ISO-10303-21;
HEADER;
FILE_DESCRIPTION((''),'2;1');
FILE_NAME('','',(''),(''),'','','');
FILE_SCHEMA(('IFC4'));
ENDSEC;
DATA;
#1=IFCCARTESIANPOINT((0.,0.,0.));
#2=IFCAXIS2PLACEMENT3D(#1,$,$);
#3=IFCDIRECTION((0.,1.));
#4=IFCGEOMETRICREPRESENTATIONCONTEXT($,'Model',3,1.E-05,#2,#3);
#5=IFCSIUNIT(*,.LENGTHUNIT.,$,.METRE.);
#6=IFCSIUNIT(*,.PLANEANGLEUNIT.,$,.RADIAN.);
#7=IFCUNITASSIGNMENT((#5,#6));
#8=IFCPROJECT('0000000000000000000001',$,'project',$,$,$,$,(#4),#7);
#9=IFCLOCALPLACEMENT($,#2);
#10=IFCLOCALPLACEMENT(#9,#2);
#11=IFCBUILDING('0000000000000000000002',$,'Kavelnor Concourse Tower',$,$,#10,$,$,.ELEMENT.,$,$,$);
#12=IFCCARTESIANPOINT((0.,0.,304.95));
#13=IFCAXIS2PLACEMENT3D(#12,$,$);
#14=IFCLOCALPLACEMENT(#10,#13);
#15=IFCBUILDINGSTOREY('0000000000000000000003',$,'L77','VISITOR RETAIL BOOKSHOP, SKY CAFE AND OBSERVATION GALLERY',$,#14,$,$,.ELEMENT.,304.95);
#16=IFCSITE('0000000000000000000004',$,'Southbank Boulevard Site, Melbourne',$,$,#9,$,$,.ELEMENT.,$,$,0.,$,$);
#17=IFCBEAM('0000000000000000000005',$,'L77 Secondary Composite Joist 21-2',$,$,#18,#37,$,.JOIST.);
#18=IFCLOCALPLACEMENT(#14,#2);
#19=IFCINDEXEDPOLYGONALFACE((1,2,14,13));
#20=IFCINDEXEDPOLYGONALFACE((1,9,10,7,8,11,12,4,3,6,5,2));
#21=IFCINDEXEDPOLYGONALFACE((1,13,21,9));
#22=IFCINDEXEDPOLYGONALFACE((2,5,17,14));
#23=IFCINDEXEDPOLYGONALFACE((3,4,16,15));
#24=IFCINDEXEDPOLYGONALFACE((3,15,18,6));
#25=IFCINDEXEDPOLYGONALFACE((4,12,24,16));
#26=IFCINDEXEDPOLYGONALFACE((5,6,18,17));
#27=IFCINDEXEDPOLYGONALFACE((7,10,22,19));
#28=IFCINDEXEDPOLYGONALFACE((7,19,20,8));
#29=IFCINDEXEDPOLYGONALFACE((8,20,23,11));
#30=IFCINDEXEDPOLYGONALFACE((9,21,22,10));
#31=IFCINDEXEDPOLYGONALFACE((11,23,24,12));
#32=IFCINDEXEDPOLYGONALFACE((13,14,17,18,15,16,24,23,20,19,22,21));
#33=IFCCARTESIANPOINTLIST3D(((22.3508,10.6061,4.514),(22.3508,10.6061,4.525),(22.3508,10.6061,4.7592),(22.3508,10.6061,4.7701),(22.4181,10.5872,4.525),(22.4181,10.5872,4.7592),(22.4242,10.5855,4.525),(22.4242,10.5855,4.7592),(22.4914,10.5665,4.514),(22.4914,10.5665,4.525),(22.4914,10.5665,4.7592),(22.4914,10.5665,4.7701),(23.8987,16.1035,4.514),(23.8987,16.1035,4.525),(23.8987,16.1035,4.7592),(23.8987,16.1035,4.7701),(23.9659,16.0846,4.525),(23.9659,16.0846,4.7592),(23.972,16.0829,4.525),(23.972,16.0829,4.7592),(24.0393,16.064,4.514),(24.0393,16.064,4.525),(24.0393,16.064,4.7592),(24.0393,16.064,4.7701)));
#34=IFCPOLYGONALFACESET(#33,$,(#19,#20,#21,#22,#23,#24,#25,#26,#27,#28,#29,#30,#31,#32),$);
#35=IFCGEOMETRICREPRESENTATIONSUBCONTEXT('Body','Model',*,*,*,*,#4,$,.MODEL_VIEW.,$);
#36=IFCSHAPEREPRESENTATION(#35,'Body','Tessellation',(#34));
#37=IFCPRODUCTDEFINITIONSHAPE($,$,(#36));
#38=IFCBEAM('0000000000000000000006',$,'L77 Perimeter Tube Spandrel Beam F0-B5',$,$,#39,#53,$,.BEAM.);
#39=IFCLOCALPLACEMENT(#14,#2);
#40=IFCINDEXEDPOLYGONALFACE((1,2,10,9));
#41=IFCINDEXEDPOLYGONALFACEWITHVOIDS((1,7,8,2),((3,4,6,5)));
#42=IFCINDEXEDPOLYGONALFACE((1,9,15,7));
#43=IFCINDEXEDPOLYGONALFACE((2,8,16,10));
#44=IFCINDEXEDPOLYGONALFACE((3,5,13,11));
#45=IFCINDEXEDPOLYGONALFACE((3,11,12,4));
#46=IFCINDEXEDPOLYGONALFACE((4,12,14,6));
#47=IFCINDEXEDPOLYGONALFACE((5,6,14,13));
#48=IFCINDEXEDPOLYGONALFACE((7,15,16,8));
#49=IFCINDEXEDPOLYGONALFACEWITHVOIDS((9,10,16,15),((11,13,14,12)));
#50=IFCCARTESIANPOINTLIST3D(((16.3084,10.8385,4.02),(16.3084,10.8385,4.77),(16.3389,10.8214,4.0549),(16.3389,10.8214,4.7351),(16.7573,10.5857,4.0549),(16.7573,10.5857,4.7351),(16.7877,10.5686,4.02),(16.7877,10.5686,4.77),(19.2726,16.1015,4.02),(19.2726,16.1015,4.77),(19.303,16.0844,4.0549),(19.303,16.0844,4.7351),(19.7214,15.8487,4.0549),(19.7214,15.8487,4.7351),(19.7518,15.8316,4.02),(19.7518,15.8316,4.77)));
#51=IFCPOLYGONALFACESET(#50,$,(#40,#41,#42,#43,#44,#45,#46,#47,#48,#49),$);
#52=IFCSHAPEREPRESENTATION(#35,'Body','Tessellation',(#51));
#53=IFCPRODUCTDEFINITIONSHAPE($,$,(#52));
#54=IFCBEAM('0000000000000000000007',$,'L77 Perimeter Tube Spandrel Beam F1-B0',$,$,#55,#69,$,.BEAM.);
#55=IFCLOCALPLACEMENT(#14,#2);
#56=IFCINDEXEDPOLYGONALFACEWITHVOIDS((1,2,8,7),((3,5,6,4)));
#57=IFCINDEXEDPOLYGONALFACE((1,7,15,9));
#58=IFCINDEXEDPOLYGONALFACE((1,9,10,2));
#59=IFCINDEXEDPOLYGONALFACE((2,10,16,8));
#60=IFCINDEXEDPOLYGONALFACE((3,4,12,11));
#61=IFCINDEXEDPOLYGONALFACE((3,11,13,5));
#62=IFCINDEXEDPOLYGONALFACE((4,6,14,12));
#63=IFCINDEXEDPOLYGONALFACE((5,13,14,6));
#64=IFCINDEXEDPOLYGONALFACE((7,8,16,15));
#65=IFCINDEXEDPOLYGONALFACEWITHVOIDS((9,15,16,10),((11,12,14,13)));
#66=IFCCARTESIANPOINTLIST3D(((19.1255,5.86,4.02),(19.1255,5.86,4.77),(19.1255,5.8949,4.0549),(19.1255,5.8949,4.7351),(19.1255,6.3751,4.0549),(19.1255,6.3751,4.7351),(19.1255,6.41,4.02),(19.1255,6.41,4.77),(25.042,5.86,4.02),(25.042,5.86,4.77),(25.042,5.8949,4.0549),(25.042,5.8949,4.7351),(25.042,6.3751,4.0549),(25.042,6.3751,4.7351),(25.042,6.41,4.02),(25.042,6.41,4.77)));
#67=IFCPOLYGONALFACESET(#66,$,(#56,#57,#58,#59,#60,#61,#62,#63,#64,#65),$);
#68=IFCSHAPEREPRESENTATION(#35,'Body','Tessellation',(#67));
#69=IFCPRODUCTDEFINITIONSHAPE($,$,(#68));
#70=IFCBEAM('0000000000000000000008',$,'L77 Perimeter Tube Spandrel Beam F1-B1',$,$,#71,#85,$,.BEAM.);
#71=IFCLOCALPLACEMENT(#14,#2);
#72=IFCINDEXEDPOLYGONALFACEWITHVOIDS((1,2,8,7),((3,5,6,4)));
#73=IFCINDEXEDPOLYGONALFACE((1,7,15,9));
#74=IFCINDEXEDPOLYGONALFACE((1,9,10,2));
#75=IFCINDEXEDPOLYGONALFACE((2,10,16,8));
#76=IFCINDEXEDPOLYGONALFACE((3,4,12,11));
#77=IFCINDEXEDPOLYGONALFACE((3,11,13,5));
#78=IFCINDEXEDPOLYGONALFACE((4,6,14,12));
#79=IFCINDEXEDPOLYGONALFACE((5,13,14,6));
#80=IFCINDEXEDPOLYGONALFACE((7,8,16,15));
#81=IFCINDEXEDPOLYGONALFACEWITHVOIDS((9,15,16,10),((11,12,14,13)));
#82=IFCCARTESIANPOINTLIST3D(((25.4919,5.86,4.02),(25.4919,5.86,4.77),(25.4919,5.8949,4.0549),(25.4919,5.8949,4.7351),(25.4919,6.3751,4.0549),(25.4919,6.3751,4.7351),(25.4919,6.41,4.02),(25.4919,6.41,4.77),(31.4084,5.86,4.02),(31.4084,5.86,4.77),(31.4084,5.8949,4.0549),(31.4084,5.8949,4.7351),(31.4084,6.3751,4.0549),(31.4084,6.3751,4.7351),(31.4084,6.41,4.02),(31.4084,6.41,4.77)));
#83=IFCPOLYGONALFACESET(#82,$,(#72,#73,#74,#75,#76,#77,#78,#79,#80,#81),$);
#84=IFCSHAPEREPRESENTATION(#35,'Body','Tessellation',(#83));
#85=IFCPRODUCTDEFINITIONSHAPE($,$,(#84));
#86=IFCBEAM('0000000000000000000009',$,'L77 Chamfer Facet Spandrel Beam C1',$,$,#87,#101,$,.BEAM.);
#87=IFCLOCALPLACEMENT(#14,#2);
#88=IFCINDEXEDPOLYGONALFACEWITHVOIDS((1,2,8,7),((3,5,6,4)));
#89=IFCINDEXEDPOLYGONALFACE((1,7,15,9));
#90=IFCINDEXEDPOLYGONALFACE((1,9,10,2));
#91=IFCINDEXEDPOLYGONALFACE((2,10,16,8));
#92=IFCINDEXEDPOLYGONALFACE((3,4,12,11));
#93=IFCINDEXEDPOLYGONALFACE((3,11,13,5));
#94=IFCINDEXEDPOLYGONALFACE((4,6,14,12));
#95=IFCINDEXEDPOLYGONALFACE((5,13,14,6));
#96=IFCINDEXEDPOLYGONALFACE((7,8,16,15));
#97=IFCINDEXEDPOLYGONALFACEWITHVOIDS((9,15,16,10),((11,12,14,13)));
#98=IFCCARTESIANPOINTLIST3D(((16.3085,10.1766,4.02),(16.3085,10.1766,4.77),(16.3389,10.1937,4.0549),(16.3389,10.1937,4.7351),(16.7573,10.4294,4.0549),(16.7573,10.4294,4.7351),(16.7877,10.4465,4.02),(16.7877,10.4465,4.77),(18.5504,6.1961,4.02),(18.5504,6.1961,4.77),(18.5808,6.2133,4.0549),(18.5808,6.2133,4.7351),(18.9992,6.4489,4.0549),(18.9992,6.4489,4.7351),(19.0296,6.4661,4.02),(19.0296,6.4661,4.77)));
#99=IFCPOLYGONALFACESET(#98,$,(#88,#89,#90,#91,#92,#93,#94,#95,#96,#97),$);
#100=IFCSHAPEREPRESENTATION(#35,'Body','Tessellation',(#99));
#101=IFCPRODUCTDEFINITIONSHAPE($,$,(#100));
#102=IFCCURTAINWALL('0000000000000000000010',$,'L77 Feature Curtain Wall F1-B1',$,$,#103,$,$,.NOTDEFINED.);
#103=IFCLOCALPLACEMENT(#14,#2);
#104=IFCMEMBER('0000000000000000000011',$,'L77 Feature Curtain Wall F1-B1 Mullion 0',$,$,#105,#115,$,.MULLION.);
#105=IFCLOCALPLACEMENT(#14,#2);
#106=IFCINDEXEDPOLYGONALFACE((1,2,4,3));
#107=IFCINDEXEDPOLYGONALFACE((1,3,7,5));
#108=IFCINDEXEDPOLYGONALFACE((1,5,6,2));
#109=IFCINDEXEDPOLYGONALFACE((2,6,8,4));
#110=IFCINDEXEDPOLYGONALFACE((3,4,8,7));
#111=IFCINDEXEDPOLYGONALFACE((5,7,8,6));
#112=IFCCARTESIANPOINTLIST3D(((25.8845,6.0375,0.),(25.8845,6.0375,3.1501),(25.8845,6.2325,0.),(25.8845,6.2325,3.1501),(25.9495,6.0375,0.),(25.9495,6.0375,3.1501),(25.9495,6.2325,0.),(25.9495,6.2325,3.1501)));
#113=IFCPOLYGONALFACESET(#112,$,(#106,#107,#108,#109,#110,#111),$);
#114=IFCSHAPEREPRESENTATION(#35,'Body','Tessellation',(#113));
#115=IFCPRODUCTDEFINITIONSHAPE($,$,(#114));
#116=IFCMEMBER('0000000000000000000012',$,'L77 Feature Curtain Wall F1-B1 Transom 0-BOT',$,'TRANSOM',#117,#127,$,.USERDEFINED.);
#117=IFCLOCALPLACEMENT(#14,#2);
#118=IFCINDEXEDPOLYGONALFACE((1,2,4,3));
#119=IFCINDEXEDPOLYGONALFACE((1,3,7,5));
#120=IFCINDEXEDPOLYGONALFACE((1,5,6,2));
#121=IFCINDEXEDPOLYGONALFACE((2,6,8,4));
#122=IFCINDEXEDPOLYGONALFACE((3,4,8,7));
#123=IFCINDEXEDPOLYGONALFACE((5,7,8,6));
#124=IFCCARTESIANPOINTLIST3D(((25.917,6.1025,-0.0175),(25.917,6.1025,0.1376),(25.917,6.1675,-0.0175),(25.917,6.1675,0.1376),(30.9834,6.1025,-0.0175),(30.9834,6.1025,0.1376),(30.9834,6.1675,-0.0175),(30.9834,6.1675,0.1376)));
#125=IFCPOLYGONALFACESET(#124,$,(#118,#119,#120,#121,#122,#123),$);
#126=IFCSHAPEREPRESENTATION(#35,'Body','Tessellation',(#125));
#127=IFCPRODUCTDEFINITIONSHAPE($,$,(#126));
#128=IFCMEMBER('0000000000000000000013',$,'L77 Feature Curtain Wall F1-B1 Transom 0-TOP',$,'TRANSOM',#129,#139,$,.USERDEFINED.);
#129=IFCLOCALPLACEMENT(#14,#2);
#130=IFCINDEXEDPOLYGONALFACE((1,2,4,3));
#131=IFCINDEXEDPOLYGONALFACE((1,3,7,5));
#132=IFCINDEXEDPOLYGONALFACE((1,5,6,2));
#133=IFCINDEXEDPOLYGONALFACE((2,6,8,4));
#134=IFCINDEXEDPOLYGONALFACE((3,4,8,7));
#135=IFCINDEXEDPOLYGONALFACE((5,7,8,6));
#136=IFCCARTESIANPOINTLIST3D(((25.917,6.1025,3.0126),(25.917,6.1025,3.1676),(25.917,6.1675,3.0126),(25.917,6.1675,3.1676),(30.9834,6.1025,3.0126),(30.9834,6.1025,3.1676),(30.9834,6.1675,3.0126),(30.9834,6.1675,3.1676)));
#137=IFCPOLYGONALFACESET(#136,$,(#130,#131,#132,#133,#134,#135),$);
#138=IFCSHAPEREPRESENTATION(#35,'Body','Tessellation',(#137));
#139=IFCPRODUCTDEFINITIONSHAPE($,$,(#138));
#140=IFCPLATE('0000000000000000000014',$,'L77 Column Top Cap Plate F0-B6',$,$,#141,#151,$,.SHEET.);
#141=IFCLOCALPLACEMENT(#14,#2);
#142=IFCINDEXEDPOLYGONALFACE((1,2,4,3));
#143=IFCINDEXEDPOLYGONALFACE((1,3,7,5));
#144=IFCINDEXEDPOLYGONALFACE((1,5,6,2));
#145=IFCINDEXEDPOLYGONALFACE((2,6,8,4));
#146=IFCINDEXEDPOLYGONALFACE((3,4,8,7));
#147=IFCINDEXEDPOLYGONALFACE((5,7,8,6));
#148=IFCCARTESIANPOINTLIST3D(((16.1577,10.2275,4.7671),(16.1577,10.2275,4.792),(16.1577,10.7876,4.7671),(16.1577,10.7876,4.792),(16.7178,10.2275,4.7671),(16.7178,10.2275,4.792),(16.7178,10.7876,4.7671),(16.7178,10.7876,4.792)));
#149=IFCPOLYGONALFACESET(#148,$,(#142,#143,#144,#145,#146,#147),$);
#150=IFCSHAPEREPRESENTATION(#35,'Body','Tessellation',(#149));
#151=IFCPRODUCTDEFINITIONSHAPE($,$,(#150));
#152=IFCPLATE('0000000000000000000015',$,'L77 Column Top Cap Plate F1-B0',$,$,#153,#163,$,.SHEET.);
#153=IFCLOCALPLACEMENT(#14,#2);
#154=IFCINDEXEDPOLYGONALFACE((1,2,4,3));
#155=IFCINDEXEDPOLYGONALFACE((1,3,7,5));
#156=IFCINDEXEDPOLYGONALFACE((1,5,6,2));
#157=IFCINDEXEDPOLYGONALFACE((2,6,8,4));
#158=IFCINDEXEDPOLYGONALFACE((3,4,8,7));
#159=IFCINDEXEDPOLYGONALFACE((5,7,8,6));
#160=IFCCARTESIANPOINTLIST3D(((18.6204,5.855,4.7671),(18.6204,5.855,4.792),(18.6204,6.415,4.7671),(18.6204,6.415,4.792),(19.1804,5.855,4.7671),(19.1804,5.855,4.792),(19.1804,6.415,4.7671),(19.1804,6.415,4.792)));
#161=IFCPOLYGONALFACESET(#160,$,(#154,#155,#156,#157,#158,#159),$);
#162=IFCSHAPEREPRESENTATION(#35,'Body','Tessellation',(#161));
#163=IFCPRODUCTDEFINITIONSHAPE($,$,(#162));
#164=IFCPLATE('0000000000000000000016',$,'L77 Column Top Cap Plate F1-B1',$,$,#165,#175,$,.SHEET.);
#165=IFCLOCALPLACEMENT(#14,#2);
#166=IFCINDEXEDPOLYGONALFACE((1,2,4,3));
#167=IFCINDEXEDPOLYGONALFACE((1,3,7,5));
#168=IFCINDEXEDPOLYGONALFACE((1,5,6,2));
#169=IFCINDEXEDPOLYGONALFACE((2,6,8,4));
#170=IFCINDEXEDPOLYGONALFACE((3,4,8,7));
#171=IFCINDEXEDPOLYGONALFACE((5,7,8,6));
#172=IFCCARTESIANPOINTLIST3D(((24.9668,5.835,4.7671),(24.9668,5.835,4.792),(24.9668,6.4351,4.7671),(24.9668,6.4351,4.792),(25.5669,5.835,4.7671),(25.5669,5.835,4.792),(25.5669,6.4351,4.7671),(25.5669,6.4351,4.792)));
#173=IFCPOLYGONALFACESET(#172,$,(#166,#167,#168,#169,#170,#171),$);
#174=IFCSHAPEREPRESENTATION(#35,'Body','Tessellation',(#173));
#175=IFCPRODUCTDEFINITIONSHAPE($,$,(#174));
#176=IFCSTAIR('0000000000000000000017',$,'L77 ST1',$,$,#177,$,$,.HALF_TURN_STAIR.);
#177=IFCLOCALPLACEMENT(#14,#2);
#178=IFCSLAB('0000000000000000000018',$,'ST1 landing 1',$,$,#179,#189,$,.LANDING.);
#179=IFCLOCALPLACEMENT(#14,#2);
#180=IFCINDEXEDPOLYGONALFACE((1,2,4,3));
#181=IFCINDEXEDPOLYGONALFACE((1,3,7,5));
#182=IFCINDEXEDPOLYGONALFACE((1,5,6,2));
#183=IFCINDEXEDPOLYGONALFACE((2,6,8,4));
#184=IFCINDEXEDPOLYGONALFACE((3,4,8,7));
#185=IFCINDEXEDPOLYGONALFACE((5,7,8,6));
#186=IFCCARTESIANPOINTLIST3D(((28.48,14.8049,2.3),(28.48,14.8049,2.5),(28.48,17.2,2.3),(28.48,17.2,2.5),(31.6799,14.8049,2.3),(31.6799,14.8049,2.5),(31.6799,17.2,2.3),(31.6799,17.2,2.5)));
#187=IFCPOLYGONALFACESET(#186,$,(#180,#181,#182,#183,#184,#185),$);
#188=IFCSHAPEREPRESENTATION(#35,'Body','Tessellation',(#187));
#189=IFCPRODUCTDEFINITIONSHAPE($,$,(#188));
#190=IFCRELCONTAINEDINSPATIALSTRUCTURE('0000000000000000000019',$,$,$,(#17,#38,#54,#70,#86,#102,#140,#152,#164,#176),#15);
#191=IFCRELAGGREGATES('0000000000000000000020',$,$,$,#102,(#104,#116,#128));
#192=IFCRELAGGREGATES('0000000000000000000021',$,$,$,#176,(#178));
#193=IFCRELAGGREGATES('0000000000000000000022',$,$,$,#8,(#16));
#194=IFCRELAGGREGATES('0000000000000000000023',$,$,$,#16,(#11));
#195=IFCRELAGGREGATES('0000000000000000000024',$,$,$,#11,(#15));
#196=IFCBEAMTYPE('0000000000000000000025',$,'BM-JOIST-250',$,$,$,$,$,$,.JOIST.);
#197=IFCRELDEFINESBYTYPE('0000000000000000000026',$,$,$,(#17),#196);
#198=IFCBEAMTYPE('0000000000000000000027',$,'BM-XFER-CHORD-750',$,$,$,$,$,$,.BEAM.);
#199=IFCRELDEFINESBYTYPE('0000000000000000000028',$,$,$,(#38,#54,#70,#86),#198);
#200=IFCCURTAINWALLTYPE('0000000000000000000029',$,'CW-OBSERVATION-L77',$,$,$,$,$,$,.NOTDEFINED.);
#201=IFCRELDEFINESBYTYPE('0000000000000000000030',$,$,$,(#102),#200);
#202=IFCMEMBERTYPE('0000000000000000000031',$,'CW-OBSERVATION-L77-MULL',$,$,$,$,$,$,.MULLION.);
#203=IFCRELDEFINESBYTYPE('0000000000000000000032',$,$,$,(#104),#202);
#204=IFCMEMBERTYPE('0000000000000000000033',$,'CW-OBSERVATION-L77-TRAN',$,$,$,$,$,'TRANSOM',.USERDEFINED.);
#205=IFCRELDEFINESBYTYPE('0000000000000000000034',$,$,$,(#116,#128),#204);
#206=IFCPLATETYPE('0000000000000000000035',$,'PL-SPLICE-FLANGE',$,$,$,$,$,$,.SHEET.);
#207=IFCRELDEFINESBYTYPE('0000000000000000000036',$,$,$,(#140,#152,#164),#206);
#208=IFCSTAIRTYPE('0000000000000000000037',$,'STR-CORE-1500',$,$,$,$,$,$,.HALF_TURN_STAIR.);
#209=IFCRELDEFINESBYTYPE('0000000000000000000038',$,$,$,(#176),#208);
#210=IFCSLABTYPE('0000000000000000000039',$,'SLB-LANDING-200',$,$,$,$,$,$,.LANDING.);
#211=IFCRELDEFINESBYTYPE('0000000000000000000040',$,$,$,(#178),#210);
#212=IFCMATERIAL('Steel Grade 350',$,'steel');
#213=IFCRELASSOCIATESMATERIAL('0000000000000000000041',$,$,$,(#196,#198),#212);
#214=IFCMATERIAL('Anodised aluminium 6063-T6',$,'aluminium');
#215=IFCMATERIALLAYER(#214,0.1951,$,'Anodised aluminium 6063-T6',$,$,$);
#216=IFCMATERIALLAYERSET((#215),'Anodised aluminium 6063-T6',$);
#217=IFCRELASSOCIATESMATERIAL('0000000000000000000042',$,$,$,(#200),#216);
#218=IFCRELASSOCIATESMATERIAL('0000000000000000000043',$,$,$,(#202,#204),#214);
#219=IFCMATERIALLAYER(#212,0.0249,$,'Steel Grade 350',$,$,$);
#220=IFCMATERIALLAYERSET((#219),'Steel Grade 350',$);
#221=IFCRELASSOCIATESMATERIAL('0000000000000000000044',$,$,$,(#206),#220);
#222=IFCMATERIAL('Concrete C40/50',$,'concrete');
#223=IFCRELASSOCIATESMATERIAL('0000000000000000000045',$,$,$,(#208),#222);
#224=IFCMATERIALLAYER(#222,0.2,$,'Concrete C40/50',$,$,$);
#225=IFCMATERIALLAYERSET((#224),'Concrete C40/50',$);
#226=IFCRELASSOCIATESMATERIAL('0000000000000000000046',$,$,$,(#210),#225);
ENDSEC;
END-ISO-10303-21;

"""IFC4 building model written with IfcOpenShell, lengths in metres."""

from ifc_helpers import new_model, si_unit, direction, frame, origin, origin_2d, place, context, subcontext, project, spatial, polyline, rectangle, hollow_rectangle, i_section, outline, extrude, material, layer, layer_set, material_profile, profile_set, type_object, element, aggregate, save


model = new_model("IFC4")

# Units and contexts
model_context = context("Model", 3, precision=1e-05, world=origin(), true_north=direction((0.0, 1.0)))
body_context = subcontext(model_context, "Body", "Model", "MODEL_VIEW")
ifc_project = project(units=[si_unit("LENGTHUNIT", "METRE"), si_unit("PLANEANGLEUNIT", "RADIAN")], contexts=[model_context])

# Site, building, storey
site_placement = place(None, origin())
site = spatial("IfcSite", under=ifc_project, at=site_placement, Name="Southbank Boulevard Site, Melbourne", CompositionType="ELEMENT", RefElevation=0.0)
building_placement = place(site_placement, origin())
building = spatial("IfcBuilding", under=site, at=building_placement, Name="Kavelnor Concourse Tower", CompositionType="ELEMENT")
storey_placement = place(building_placement, frame((0.0, 0.0, 304.95)))
storey = spatial("IfcBuildingStorey", under=building, at=storey_placement, Name="L77", Description="VISITOR RETAIL BOOKSHOP, SKY CAFE AND OBSERVATION GALLERY", CompositionType="ELEMENT", Elevation=304.95)

# Shared definitions
ifc_material_1 = material(Name="Steel Grade 350", Category="steel")

# Beams
ifc_material_profile_1 = material_profile(ifc_material_1, i_section(OverallWidth=0.146, OverallDepth=0.2561, WebThickness=0.0063, FlangeThickness=0.011, at=origin_2d()), Name="250UB37")
ifc_profile_set_1 = profile_set([ifc_material_profile_1], Name="Steel Grade 350")
beam_type_1 = type_object("IfcBeamType", Name="BM-JOIST-250", PredefinedType="JOIST", material=ifc_profile_set_1)
beam_1_placement = place(storey_placement, frame((23.969, 16.0837, 4.6421), z_axis=(-0.271027, -0.962572, 0.0), x_axis=(0.962572, -0.271027, 0.0)))
element("IfcBeam", 1, at=beam_1_placement, inside=storey, type_object=beam_type_1, Name="L77 Secondary Composite Joist 21-2", PredefinedType="JOIST", context=body_context, shape_type="SweptSolid", body=[
    extrude(i_section(OverallWidth=0.146, OverallDepth=0.2561, WebThickness=0.0063, FlangeThickness=0.011, at=origin_2d()), origin(), (0.0, 0.0, 1.0), 5.7112),
])
ifc_material_profile_2 = material_profile(ifc_material_1, hollow_rectangle(XDim=0.55, YDim=0.75, WallThickness=0.0349, at=origin_2d()), Name="RHS 750x550x35")
ifc_profile_set_2 = profile_set([ifc_material_profile_2], Name="Steel Grade 350")
beam_type_2 = type_object("IfcBeamType", Name="BM-XFER-CHORD-750", PredefinedType="BEAM", material=ifc_profile_set_2)
beam_2_placement = place(storey_placement, frame((19.5122, 15.9666, 4.395), z_axis=(-0.490727, -0.871313, 0.0), x_axis=(0.871313, -0.490727, 0.0)))
element("IfcBeam", 2, at=beam_2_placement, inside=storey, type_object=beam_type_2, Name="L77 Perimeter Tube Spandrel Beam F0-B5", PredefinedType="BEAM", context=body_context, shape_type="SweptSolid", body=[
    extrude(hollow_rectangle(XDim=0.55, YDim=0.75, WallThickness=0.0349, at=origin_2d()), origin(), (0.0, 0.0, 1.0), 6.0403),
])
for number, where, z_axis, x_axis, name in (
    (3, (19.1255, 6.135, 4.395), (1.0, 0.0, 0.0), (0.0, 1.0, 0.0), "L77 Perimeter Tube Spandrel Beam F1-B0"),
    (4, (25.4919, 6.135, 4.395), (1.0, 0.0, 0.0), (0.0, 1.0, 0.0), "L77 Perimeter Tube Spandrel Beam F1-B1"),
):
    element("IfcBeam", number, at=place(storey_placement, frame(where, z_axis=z_axis, x_axis=x_axis)), inside=storey, type_object=beam_type_2, Name=name, PredefinedType="BEAM", context=body_context, shape_type="SweptSolid", body=[
        extrude(hollow_rectangle(XDim=0.55, YDim=0.75, WallThickness=0.0349, at=origin_2d()), origin(), (0.0, 0.0, 1.0), 5.9165),
    ])
beam_3_placement = place(storey_placement, frame((16.5481, 10.3115, 4.395), z_axis=(0.490748, -0.871301, 0.0), x_axis=(0.871301, 0.490748, 0.0)))
element("IfcBeam", 5, at=beam_3_placement, inside=storey, type_object=beam_type_2, Name="L77 Chamfer Facet Spandrel Beam C1", PredefinedType="BEAM", context=body_context, shape_type="SweptSolid", body=[
    extrude(hollow_rectangle(XDim=0.55, YDim=0.75, WallThickness=0.0349, at=origin_2d()), origin(), (0.0, 0.0, 1.0), 4.5684),
])

# Curtain wall, members
ifc_material_2 = material(Name="Anodised aluminium 6063-T6", Category="aluminium")
ifc_layer_1 = layer(ifc_material_2, 0.1951, Name="Anodised aluminium 6063-T6")
ifc_layer_set_1 = layer_set([ifc_layer_1], Name="Anodised aluminium 6063-T6")
curtain_wall_type = type_object("IfcCurtainWallType", Name="CW-OBSERVATION-L77", PredefinedType="NOTDEFINED", material=ifc_layer_set_1)
curtain_wall_placement = place(storey_placement, origin())
curtain_wall = element("IfcCurtainWall", 6, at=curtain_wall_placement, inside=storey, type_object=curtain_wall_type, Name="L77 Feature Curtain Wall F1-B1", PredefinedType="NOTDEFINED")
ifc_material_profile_3 = material_profile(ifc_material_2, rectangle(XDim=0.0649, YDim=0.1951, at=origin_2d()), Name="AL-MULL 65x195")
ifc_profile_set_3 = profile_set([ifc_material_profile_3], Name="Anodised aluminium 6063-T6")
member_type_1 = type_object("IfcMemberType", Name="CW-OBSERVATION-L77-MULL", PredefinedType="MULLION", material=ifc_profile_set_3)
member_1_placement = place(storey_placement, frame((25.917, 6.135, 0.0), z_axis=(0.0, 0.0, 1.0), x_axis=(1.0, 0.0, 0.0)))
member_1 = element("IfcMember", 7, at=member_1_placement, type_object=member_type_1, Name="L77 Feature Curtain Wall F1-B1 Mullion 0", PredefinedType="MULLION", context=body_context, shape_type="SweptSolid", body=[
    extrude(rectangle(XDim=0.0649, YDim=0.1951, at=origin_2d()), origin(), (0.0, 0.0, 1.0), 3.1501),
])
ifc_material_profile_4 = material_profile(ifc_material_2, rectangle(XDim=0.0649, YDim=0.155, at=origin_2d()), Name="AL-TRAN 65x155")
ifc_profile_set_4 = profile_set([ifc_material_profile_4], Name="Anodised aluminium 6063-T6")
member_type_2 = type_object("IfcMemberType", Name="CW-OBSERVATION-L77-TRAN", ElementType="TRANSOM", PredefinedType="USERDEFINED", material=ifc_profile_set_4)
member_2_placement = place(storey_placement, frame((25.917, 6.135, 0.0601), z_axis=(1.0, 0.0, 0.0), x_axis=(0.0, 1.0, 0.0)))
member_2 = element("IfcMember", 8, at=member_2_placement, type_object=member_type_2, Name="L77 Feature Curtain Wall F1-B1 Transom 0-BOT", ObjectType="TRANSOM", PredefinedType="USERDEFINED", context=body_context, shape_type="SweptSolid", body=[
    extrude(rectangle(XDim=0.0649, YDim=0.155, at=origin_2d()), origin(), (0.0, 0.0, 1.0), 5.0664),
])
member_3_placement = place(storey_placement, frame((25.917, 6.135, 3.0901), z_axis=(1.0, 0.0, 0.0), x_axis=(0.0, 1.0, 0.0)))
member_3 = element("IfcMember", 9, at=member_3_placement, type_object=member_type_2, Name="L77 Feature Curtain Wall F1-B1 Transom 0-TOP", ObjectType="TRANSOM", PredefinedType="USERDEFINED", context=body_context, shape_type="SweptSolid", body=[
    extrude(rectangle(XDim=0.0649, YDim=0.155, at=origin_2d()), origin(), (0.0, 0.0, 1.0), 5.0664),
])
aggregate(curtain_wall, [member_1, member_2, member_3])

# Plates
ifc_layer_2 = layer(ifc_material_1, 0.0249, Name="Steel Grade 350")
ifc_layer_set_2 = layer_set([ifc_layer_2], Name="Steel Grade 350")
plate_type = type_object("IfcPlateType", Name="PL-SPLICE-FLANGE", PredefinedType="SHEET", material=ifc_layer_set_2)
for number, where, z_axis, x_axis, name in (
    (10, (16.4377, 10.5076, 4.7671), (0.0, 0.0, 1.0), (1.0, 0.0, 0.0), "L77 Column Top Cap Plate F0-B6"),
    (11, (18.9004, 6.135, 4.7671), (0.0, 0.0, 1.0), (1.0, 0.0, 0.0), "L77 Column Top Cap Plate F1-B0"),
):
    element("IfcPlate", number, at=place(storey_placement, frame(where, z_axis=z_axis, x_axis=x_axis)), inside=storey, type_object=plate_type, Name=name, PredefinedType="SHEET", context=body_context, shape_type="SweptSolid", body=[
        extrude(rectangle(XDim=0.5601, YDim=0.5601, at=origin_2d()), origin(), (0.0, 0.0, 1.0), 0.0249),
    ])
plate_placement = place(storey_placement, frame((25.2668, 6.135, 4.7671), z_axis=(0.0, 0.0, 1.0), x_axis=(1.0, 0.0, 0.0)))
element("IfcPlate", 12, at=plate_placement, inside=storey, type_object=plate_type, Name="L77 Column Top Cap Plate F1-B1", PredefinedType="SHEET", context=body_context, shape_type="SweptSolid", body=[
    extrude(rectangle(XDim=0.6001, YDim=0.6001, at=origin_2d()), origin(), (0.0, 0.0, 1.0), 0.0249),
])

# Stair, slab
ifc_material_3 = material(Name="Concrete C40/50", Category="concrete")
stair_type = type_object("IfcStairType", Name="STR-CORE-1500", PredefinedType="HALF_TURN_STAIR", material=ifc_material_3)
stair_1_placement = place(storey_placement, origin())
stair_1 = element("IfcStair", 13, at=stair_1_placement, inside=storey, type_object=stair_type, Name="L77 ST1", PredefinedType="HALF_TURN_STAIR")
ifc_layer_3 = layer(ifc_material_3, 0.2, Name="Concrete C40/50")
ifc_layer_set_3 = layer_set([ifc_layer_3], Name="Concrete C40/50")
slab_type_1 = type_object("IfcSlabType", Name="SLB-LANDING-200", PredefinedType="LANDING", material=ifc_layer_set_3)
slab_1_placement = place(storey_placement, frame((0.0, 0.0, 2.3)))
slab_1 = element("IfcSlab", 14, at=slab_1_placement, type_object=slab_type_1, Name="ST1 landing 1", PredefinedType="LANDING", context=body_context, shape_type="SweptSolid", body=[
    extrude(outline(polyline([(31.6799, 14.8049), (31.6799, 17.2), (28.48, 17.2), (28.48, 14.8049), (31.6799, 14.8049)])), origin(), (0.0, 0.0, 1.0), 0.2),
])
aggregate(stair_1, [slab_1])

save(model, "model.ifc")
